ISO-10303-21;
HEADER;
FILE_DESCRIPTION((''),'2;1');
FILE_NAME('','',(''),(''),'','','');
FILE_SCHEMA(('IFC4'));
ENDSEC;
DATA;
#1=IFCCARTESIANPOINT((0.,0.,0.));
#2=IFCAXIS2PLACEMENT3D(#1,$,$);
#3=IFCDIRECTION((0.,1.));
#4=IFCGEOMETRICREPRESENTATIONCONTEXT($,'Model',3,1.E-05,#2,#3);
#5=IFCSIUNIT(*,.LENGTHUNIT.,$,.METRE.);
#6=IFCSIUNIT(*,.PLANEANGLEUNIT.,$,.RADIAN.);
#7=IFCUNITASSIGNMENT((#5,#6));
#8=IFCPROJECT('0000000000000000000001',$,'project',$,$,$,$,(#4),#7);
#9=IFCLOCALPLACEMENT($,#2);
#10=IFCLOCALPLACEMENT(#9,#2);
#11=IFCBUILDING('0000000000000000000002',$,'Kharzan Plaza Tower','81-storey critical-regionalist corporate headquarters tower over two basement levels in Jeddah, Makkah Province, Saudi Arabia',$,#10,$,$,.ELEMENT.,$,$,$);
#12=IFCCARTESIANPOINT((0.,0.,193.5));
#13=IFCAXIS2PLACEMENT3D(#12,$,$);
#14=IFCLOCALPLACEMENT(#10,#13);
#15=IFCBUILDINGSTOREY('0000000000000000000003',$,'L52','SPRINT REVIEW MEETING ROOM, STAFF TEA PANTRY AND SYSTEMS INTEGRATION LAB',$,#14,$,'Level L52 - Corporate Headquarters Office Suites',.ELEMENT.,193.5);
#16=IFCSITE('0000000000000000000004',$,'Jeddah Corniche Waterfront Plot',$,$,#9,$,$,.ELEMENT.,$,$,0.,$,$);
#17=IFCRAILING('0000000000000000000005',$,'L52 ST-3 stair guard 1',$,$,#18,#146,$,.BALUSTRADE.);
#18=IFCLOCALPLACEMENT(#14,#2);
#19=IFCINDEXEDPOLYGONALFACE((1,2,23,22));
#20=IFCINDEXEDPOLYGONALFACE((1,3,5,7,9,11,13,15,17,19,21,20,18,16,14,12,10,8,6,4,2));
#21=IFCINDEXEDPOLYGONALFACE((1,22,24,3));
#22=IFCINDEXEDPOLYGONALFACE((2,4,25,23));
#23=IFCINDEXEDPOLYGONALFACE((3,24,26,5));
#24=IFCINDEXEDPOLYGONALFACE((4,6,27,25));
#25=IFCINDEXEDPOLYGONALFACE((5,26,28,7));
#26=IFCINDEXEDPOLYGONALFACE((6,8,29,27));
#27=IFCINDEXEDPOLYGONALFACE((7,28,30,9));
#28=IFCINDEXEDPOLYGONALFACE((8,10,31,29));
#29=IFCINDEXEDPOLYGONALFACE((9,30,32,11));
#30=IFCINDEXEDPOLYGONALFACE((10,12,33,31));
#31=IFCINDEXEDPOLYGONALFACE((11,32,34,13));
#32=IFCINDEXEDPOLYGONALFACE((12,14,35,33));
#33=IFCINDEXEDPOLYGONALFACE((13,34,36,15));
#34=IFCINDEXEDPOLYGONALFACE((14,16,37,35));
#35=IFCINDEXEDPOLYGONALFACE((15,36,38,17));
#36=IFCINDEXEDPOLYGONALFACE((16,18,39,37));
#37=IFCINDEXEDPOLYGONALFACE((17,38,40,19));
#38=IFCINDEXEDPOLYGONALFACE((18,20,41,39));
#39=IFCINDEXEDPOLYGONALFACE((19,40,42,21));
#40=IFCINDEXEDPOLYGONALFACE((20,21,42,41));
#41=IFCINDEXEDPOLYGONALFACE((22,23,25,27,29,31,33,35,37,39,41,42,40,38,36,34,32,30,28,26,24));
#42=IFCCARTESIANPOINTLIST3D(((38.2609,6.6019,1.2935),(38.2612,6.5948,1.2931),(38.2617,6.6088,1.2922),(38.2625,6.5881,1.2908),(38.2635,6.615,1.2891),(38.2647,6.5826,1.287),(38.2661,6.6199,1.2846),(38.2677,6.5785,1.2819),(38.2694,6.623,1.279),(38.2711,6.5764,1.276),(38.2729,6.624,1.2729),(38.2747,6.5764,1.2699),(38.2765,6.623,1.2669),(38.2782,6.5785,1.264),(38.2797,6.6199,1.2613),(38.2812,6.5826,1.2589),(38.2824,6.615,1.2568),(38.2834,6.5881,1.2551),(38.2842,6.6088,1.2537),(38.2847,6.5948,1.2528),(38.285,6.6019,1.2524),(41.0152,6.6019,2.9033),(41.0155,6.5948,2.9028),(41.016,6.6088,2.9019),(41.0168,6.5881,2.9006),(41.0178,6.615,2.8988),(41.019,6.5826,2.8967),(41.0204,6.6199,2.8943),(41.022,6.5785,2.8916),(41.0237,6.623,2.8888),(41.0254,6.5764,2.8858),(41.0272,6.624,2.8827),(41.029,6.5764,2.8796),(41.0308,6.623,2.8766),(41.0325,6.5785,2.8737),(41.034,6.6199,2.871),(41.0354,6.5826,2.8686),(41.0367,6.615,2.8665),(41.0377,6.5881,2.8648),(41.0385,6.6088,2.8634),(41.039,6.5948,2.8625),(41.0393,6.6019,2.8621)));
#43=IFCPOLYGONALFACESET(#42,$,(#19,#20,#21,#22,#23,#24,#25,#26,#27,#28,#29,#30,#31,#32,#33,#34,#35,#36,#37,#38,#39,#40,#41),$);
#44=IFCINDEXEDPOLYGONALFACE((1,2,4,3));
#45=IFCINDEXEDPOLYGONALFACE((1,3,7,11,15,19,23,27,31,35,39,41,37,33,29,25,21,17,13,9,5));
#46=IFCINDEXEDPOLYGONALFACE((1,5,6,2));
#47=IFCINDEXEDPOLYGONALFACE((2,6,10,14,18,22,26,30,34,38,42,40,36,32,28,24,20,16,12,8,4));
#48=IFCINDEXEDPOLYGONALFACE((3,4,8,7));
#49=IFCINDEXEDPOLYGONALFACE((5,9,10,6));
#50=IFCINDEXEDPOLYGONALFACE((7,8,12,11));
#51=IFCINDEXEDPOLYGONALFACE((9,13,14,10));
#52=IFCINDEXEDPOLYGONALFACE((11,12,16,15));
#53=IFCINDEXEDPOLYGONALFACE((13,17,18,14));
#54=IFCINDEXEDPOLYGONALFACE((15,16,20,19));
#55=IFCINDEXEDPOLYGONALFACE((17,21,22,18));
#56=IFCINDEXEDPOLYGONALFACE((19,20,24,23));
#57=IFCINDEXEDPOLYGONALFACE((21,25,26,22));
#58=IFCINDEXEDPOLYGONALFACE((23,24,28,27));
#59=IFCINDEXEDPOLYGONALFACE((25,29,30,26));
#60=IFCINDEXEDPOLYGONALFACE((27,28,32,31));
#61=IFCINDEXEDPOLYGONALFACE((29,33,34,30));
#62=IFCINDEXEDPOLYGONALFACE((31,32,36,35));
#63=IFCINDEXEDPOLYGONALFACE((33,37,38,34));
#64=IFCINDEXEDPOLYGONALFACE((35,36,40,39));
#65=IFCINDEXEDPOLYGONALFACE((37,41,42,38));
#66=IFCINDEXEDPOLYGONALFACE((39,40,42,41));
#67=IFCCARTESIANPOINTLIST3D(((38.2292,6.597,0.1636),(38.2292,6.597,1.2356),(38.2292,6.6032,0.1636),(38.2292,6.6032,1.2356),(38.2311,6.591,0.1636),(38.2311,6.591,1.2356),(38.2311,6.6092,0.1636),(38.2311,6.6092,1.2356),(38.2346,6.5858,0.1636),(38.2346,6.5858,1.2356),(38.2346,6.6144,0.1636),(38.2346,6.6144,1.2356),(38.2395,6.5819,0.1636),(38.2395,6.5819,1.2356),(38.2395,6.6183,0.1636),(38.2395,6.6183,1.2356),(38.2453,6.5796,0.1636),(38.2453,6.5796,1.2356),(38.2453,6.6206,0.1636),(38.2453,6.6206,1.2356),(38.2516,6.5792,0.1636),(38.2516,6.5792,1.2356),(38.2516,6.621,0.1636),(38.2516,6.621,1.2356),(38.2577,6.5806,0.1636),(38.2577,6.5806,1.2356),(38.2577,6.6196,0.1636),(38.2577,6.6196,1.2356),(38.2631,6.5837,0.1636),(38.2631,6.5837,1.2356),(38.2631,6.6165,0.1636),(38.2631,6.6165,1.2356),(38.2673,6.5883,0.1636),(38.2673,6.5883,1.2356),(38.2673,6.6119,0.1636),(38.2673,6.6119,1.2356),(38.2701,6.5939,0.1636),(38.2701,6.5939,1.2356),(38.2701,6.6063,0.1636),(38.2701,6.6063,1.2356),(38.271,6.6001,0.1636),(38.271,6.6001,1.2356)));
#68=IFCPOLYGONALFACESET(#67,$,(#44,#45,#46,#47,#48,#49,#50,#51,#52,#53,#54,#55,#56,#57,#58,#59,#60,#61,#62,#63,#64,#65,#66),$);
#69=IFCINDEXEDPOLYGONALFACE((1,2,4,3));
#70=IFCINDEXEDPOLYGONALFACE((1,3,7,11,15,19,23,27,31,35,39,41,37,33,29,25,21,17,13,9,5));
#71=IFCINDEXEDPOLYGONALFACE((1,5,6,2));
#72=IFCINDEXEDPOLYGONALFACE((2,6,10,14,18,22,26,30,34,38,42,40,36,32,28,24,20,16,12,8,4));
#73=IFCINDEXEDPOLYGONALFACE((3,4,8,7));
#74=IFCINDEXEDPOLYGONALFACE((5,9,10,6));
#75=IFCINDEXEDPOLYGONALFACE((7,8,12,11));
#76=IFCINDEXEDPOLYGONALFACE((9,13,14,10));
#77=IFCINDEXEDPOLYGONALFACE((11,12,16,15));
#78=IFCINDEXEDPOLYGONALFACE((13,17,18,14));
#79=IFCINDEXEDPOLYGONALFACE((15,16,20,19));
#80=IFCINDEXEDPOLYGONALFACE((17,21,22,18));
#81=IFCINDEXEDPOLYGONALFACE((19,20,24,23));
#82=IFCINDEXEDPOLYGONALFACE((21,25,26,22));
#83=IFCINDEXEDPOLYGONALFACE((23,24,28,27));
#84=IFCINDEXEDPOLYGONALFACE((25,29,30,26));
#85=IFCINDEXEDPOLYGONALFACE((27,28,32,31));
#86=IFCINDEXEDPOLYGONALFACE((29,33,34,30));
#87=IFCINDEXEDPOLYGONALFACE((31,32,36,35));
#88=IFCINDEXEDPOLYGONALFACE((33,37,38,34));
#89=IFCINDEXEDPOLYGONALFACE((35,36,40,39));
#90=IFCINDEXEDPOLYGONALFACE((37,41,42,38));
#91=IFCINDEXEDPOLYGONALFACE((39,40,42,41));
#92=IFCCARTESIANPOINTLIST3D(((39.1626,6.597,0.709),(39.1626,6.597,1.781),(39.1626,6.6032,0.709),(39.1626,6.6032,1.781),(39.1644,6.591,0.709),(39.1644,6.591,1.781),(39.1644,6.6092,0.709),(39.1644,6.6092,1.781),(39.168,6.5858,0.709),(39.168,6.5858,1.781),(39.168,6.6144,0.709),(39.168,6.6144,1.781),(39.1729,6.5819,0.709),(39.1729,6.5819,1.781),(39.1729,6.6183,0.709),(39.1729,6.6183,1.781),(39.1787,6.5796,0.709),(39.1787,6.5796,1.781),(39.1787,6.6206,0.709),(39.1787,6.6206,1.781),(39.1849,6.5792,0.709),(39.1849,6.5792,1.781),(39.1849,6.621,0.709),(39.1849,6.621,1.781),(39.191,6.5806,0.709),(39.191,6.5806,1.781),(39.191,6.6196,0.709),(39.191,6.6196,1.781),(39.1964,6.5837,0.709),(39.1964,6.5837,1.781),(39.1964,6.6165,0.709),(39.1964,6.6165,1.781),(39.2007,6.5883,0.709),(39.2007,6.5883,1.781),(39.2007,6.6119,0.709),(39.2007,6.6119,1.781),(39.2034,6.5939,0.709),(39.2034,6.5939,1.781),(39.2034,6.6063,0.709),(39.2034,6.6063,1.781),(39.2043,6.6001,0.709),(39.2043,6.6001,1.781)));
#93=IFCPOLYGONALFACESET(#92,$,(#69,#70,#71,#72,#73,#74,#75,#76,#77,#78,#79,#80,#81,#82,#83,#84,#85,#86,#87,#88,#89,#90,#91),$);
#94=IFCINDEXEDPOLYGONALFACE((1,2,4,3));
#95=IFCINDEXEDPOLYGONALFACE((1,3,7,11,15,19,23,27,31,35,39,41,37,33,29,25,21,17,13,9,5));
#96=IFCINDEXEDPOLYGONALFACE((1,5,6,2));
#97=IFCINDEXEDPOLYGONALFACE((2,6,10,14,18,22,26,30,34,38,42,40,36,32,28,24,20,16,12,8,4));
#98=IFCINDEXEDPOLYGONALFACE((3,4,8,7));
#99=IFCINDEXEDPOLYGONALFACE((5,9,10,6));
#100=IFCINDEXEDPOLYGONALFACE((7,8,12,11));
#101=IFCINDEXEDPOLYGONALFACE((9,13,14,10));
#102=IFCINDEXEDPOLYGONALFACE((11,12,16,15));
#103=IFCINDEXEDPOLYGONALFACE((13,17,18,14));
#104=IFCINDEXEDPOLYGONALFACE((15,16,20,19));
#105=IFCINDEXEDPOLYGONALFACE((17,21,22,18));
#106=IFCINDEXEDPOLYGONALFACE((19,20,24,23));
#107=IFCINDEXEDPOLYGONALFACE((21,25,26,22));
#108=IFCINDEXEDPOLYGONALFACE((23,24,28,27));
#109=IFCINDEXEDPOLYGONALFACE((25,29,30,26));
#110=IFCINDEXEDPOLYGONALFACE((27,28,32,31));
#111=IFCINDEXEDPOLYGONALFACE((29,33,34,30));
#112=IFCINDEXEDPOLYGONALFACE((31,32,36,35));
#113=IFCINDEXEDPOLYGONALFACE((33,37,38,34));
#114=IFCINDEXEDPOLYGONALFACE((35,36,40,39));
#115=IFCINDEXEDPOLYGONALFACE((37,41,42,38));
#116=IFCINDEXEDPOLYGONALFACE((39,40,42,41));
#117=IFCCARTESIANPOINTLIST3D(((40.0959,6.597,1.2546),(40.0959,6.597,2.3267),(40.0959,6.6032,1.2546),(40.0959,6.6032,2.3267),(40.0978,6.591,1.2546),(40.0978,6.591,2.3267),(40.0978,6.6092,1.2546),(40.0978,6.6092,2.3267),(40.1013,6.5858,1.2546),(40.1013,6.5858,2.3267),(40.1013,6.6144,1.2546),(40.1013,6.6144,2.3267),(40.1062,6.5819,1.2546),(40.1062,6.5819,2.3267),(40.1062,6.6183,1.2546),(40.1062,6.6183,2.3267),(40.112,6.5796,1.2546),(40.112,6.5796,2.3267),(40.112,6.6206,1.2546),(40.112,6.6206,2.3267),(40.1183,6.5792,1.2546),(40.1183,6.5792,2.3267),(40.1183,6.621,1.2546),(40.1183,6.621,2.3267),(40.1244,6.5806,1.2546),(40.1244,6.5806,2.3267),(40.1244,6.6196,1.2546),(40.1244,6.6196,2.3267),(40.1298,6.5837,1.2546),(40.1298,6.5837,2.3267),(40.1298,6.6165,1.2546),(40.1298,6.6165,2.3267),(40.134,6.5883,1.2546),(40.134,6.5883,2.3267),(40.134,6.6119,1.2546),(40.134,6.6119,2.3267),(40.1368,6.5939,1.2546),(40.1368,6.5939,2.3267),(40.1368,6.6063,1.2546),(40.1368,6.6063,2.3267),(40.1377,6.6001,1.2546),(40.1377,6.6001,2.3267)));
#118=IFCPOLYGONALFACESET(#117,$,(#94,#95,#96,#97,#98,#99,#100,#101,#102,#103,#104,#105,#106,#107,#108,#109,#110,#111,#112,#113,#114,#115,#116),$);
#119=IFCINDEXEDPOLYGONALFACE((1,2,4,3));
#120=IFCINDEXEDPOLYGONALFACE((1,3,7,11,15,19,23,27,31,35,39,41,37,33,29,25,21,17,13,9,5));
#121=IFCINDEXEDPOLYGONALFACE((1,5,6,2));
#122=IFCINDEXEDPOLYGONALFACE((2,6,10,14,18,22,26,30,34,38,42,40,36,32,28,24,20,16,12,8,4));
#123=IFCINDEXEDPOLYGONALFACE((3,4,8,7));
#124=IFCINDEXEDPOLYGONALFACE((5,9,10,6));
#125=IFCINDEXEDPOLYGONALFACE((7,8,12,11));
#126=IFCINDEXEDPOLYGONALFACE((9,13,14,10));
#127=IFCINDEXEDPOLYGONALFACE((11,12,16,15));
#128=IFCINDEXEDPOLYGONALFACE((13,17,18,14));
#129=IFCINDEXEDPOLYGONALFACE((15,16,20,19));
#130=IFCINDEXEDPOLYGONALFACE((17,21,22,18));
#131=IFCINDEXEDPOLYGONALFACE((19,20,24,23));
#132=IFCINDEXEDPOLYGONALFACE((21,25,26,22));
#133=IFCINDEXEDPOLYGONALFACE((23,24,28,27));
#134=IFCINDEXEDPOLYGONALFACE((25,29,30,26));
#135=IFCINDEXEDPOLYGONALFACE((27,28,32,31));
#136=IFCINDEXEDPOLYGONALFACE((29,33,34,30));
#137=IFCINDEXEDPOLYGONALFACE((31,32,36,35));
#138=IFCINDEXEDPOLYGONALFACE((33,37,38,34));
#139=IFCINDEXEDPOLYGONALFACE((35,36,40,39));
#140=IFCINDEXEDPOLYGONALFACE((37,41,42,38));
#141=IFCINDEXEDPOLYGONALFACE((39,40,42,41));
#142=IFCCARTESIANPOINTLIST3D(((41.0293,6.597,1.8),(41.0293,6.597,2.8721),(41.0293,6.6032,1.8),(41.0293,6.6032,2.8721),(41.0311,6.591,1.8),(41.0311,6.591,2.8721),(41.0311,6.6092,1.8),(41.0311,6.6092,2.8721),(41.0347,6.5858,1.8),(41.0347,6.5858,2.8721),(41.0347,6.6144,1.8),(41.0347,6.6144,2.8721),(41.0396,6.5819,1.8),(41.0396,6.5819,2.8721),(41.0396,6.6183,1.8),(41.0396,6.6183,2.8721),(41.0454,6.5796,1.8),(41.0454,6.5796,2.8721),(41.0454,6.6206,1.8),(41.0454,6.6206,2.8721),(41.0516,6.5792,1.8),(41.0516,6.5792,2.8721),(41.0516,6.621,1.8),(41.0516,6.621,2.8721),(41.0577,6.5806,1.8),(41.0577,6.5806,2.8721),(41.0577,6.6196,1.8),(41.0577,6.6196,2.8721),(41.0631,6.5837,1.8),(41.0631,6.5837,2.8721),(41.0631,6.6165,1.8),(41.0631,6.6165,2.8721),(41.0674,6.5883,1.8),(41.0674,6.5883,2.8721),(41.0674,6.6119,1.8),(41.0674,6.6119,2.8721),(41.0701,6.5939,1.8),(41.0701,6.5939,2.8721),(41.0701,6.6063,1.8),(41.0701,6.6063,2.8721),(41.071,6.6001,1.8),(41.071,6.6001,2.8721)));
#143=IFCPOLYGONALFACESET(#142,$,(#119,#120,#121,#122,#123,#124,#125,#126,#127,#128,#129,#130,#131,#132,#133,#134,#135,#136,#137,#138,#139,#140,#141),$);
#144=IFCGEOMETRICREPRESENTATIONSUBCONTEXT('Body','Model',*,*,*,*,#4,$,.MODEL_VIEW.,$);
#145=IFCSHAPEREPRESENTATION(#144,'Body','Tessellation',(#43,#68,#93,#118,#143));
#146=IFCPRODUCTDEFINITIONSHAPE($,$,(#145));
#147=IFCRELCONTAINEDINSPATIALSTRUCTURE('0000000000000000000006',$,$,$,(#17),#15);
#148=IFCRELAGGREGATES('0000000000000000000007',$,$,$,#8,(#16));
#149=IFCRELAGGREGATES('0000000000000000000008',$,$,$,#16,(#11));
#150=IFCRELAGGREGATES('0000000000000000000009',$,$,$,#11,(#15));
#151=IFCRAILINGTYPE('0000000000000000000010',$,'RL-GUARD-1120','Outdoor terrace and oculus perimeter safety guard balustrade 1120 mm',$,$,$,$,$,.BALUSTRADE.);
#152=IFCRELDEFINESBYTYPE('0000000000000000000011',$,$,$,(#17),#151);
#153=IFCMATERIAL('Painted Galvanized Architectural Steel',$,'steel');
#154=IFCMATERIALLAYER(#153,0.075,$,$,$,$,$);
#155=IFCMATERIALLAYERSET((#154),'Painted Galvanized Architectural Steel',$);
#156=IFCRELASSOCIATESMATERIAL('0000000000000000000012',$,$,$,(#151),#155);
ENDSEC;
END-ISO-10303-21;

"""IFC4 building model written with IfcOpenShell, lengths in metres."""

from ifc_helpers import new_model, si_unit, direction, frame, origin, origin_2d, place, context, subcontext, project, spatial, circle, extrude, source, transform, mapped, material, layer, layer_set, type_object, element, save


model = new_model("IFC4")

# Units and contexts
model_context = context("Model", 3, precision=1e-05, world=origin(), true_north=direction((0.0, 1.0)))
body_context = subcontext(model_context, "Body", "Model", "MODEL_VIEW")
ifc_project = project(units=[si_unit("LENGTHUNIT", "METRE"), si_unit("PLANEANGLEUNIT", "RADIAN")], contexts=[model_context])

# Site, building, storey
site_placement = place(None, origin())
site = spatial("IfcSite", under=ifc_project, at=site_placement, Name="Jeddah Corniche Waterfront Plot", CompositionType="ELEMENT", RefElevation=0.0)
building_placement = place(site_placement, origin())
building = spatial("IfcBuilding", under=site, at=building_placement, Name="Kharzan Plaza Tower", Description="81-storey critical-regionalist corporate headquarters tower over two basement levels in Jeddah, Makkah Province, Saudi Arabia", CompositionType="ELEMENT")
storey_placement = place(building_placement, frame((0.0, 0.0, 193.5)))
storey = spatial("IfcBuildingStorey", under=building, at=storey_placement, Name="L52", Description="SPRINT REVIEW MEETING ROOM, STAFF TEA PANTRY AND SYSTEMS INTEGRATION LAB", LongName="Level L52 - Corporate Headquarters Office Suites", CompositionType="ELEMENT", Elevation=193.5)

# Railing
ifc_material_1 = material(Name="Painted Galvanized Architectural Steel", Category="steel")
ifc_layer_1 = layer(ifc_material_1, 0.075)
ifc_layer_set_1 = layer_set([ifc_layer_1], Name="Painted Galvanized Architectural Steel")
railing_type_1 = type_object("IfcRailingType", Name="RL-GUARD-1120", Description="Outdoor terrace and oculus perimeter safety guard balustrade 1120 mm", PredefinedType="BALUSTRADE", material=ifc_layer_set_1)
shared_shape_1 = source(origin(), body_context, "Body", "SweptSolid", [
    extrude(circle(Radius=0.0239, at=origin_2d()), frame((0.0229, 0.0, 1.1094), z_axis=(0.863361, 0.0, 0.504587), x_axis=(0.0, 1.0, 0.0)), (0.0, 0.0, 1.0), 3.1902),
    extrude(circle(Radius=0.021, at=origin_2d()), origin(), (0.0, 0.0, 1.0), 1.072),
    extrude(circle(Radius=0.021, at=origin_2d()), frame((0.9333, 0.0, 0.5454)), (0.0, 0.0, 1.0), 1.072),
    extrude(circle(Radius=0.021, at=origin_2d()), frame((1.8667, 0.0, 1.0911)), (0.0, 0.0, 1.0), 1.072),
    extrude(circle(Radius=0.021, at=origin_2d()), frame((2.8, 0.0, 1.6365)), (0.0, 0.0, 1.0), 1.072),
])
railing_1_placement = place(storey_placement, frame((38.25, 6.6001, 0.1636)))
element("IfcRailing", 1, at=railing_1_placement, inside=storey, type_object=railing_type_1, Name="L52 ST-3 stair guard 1", PredefinedType="BALUSTRADE", context=body_context, shape_type="MappedRepresentation", body=[
    mapped(shared_shape_1, transform((0.0, 0.0, 0.0), x_axis=(1.0, 0.0, 0.0), y_axis=(0.0, 1.0, 0.0), z_axis=(0.0, 0.0, 1.0))),
])

save(model, "model.ifc")
